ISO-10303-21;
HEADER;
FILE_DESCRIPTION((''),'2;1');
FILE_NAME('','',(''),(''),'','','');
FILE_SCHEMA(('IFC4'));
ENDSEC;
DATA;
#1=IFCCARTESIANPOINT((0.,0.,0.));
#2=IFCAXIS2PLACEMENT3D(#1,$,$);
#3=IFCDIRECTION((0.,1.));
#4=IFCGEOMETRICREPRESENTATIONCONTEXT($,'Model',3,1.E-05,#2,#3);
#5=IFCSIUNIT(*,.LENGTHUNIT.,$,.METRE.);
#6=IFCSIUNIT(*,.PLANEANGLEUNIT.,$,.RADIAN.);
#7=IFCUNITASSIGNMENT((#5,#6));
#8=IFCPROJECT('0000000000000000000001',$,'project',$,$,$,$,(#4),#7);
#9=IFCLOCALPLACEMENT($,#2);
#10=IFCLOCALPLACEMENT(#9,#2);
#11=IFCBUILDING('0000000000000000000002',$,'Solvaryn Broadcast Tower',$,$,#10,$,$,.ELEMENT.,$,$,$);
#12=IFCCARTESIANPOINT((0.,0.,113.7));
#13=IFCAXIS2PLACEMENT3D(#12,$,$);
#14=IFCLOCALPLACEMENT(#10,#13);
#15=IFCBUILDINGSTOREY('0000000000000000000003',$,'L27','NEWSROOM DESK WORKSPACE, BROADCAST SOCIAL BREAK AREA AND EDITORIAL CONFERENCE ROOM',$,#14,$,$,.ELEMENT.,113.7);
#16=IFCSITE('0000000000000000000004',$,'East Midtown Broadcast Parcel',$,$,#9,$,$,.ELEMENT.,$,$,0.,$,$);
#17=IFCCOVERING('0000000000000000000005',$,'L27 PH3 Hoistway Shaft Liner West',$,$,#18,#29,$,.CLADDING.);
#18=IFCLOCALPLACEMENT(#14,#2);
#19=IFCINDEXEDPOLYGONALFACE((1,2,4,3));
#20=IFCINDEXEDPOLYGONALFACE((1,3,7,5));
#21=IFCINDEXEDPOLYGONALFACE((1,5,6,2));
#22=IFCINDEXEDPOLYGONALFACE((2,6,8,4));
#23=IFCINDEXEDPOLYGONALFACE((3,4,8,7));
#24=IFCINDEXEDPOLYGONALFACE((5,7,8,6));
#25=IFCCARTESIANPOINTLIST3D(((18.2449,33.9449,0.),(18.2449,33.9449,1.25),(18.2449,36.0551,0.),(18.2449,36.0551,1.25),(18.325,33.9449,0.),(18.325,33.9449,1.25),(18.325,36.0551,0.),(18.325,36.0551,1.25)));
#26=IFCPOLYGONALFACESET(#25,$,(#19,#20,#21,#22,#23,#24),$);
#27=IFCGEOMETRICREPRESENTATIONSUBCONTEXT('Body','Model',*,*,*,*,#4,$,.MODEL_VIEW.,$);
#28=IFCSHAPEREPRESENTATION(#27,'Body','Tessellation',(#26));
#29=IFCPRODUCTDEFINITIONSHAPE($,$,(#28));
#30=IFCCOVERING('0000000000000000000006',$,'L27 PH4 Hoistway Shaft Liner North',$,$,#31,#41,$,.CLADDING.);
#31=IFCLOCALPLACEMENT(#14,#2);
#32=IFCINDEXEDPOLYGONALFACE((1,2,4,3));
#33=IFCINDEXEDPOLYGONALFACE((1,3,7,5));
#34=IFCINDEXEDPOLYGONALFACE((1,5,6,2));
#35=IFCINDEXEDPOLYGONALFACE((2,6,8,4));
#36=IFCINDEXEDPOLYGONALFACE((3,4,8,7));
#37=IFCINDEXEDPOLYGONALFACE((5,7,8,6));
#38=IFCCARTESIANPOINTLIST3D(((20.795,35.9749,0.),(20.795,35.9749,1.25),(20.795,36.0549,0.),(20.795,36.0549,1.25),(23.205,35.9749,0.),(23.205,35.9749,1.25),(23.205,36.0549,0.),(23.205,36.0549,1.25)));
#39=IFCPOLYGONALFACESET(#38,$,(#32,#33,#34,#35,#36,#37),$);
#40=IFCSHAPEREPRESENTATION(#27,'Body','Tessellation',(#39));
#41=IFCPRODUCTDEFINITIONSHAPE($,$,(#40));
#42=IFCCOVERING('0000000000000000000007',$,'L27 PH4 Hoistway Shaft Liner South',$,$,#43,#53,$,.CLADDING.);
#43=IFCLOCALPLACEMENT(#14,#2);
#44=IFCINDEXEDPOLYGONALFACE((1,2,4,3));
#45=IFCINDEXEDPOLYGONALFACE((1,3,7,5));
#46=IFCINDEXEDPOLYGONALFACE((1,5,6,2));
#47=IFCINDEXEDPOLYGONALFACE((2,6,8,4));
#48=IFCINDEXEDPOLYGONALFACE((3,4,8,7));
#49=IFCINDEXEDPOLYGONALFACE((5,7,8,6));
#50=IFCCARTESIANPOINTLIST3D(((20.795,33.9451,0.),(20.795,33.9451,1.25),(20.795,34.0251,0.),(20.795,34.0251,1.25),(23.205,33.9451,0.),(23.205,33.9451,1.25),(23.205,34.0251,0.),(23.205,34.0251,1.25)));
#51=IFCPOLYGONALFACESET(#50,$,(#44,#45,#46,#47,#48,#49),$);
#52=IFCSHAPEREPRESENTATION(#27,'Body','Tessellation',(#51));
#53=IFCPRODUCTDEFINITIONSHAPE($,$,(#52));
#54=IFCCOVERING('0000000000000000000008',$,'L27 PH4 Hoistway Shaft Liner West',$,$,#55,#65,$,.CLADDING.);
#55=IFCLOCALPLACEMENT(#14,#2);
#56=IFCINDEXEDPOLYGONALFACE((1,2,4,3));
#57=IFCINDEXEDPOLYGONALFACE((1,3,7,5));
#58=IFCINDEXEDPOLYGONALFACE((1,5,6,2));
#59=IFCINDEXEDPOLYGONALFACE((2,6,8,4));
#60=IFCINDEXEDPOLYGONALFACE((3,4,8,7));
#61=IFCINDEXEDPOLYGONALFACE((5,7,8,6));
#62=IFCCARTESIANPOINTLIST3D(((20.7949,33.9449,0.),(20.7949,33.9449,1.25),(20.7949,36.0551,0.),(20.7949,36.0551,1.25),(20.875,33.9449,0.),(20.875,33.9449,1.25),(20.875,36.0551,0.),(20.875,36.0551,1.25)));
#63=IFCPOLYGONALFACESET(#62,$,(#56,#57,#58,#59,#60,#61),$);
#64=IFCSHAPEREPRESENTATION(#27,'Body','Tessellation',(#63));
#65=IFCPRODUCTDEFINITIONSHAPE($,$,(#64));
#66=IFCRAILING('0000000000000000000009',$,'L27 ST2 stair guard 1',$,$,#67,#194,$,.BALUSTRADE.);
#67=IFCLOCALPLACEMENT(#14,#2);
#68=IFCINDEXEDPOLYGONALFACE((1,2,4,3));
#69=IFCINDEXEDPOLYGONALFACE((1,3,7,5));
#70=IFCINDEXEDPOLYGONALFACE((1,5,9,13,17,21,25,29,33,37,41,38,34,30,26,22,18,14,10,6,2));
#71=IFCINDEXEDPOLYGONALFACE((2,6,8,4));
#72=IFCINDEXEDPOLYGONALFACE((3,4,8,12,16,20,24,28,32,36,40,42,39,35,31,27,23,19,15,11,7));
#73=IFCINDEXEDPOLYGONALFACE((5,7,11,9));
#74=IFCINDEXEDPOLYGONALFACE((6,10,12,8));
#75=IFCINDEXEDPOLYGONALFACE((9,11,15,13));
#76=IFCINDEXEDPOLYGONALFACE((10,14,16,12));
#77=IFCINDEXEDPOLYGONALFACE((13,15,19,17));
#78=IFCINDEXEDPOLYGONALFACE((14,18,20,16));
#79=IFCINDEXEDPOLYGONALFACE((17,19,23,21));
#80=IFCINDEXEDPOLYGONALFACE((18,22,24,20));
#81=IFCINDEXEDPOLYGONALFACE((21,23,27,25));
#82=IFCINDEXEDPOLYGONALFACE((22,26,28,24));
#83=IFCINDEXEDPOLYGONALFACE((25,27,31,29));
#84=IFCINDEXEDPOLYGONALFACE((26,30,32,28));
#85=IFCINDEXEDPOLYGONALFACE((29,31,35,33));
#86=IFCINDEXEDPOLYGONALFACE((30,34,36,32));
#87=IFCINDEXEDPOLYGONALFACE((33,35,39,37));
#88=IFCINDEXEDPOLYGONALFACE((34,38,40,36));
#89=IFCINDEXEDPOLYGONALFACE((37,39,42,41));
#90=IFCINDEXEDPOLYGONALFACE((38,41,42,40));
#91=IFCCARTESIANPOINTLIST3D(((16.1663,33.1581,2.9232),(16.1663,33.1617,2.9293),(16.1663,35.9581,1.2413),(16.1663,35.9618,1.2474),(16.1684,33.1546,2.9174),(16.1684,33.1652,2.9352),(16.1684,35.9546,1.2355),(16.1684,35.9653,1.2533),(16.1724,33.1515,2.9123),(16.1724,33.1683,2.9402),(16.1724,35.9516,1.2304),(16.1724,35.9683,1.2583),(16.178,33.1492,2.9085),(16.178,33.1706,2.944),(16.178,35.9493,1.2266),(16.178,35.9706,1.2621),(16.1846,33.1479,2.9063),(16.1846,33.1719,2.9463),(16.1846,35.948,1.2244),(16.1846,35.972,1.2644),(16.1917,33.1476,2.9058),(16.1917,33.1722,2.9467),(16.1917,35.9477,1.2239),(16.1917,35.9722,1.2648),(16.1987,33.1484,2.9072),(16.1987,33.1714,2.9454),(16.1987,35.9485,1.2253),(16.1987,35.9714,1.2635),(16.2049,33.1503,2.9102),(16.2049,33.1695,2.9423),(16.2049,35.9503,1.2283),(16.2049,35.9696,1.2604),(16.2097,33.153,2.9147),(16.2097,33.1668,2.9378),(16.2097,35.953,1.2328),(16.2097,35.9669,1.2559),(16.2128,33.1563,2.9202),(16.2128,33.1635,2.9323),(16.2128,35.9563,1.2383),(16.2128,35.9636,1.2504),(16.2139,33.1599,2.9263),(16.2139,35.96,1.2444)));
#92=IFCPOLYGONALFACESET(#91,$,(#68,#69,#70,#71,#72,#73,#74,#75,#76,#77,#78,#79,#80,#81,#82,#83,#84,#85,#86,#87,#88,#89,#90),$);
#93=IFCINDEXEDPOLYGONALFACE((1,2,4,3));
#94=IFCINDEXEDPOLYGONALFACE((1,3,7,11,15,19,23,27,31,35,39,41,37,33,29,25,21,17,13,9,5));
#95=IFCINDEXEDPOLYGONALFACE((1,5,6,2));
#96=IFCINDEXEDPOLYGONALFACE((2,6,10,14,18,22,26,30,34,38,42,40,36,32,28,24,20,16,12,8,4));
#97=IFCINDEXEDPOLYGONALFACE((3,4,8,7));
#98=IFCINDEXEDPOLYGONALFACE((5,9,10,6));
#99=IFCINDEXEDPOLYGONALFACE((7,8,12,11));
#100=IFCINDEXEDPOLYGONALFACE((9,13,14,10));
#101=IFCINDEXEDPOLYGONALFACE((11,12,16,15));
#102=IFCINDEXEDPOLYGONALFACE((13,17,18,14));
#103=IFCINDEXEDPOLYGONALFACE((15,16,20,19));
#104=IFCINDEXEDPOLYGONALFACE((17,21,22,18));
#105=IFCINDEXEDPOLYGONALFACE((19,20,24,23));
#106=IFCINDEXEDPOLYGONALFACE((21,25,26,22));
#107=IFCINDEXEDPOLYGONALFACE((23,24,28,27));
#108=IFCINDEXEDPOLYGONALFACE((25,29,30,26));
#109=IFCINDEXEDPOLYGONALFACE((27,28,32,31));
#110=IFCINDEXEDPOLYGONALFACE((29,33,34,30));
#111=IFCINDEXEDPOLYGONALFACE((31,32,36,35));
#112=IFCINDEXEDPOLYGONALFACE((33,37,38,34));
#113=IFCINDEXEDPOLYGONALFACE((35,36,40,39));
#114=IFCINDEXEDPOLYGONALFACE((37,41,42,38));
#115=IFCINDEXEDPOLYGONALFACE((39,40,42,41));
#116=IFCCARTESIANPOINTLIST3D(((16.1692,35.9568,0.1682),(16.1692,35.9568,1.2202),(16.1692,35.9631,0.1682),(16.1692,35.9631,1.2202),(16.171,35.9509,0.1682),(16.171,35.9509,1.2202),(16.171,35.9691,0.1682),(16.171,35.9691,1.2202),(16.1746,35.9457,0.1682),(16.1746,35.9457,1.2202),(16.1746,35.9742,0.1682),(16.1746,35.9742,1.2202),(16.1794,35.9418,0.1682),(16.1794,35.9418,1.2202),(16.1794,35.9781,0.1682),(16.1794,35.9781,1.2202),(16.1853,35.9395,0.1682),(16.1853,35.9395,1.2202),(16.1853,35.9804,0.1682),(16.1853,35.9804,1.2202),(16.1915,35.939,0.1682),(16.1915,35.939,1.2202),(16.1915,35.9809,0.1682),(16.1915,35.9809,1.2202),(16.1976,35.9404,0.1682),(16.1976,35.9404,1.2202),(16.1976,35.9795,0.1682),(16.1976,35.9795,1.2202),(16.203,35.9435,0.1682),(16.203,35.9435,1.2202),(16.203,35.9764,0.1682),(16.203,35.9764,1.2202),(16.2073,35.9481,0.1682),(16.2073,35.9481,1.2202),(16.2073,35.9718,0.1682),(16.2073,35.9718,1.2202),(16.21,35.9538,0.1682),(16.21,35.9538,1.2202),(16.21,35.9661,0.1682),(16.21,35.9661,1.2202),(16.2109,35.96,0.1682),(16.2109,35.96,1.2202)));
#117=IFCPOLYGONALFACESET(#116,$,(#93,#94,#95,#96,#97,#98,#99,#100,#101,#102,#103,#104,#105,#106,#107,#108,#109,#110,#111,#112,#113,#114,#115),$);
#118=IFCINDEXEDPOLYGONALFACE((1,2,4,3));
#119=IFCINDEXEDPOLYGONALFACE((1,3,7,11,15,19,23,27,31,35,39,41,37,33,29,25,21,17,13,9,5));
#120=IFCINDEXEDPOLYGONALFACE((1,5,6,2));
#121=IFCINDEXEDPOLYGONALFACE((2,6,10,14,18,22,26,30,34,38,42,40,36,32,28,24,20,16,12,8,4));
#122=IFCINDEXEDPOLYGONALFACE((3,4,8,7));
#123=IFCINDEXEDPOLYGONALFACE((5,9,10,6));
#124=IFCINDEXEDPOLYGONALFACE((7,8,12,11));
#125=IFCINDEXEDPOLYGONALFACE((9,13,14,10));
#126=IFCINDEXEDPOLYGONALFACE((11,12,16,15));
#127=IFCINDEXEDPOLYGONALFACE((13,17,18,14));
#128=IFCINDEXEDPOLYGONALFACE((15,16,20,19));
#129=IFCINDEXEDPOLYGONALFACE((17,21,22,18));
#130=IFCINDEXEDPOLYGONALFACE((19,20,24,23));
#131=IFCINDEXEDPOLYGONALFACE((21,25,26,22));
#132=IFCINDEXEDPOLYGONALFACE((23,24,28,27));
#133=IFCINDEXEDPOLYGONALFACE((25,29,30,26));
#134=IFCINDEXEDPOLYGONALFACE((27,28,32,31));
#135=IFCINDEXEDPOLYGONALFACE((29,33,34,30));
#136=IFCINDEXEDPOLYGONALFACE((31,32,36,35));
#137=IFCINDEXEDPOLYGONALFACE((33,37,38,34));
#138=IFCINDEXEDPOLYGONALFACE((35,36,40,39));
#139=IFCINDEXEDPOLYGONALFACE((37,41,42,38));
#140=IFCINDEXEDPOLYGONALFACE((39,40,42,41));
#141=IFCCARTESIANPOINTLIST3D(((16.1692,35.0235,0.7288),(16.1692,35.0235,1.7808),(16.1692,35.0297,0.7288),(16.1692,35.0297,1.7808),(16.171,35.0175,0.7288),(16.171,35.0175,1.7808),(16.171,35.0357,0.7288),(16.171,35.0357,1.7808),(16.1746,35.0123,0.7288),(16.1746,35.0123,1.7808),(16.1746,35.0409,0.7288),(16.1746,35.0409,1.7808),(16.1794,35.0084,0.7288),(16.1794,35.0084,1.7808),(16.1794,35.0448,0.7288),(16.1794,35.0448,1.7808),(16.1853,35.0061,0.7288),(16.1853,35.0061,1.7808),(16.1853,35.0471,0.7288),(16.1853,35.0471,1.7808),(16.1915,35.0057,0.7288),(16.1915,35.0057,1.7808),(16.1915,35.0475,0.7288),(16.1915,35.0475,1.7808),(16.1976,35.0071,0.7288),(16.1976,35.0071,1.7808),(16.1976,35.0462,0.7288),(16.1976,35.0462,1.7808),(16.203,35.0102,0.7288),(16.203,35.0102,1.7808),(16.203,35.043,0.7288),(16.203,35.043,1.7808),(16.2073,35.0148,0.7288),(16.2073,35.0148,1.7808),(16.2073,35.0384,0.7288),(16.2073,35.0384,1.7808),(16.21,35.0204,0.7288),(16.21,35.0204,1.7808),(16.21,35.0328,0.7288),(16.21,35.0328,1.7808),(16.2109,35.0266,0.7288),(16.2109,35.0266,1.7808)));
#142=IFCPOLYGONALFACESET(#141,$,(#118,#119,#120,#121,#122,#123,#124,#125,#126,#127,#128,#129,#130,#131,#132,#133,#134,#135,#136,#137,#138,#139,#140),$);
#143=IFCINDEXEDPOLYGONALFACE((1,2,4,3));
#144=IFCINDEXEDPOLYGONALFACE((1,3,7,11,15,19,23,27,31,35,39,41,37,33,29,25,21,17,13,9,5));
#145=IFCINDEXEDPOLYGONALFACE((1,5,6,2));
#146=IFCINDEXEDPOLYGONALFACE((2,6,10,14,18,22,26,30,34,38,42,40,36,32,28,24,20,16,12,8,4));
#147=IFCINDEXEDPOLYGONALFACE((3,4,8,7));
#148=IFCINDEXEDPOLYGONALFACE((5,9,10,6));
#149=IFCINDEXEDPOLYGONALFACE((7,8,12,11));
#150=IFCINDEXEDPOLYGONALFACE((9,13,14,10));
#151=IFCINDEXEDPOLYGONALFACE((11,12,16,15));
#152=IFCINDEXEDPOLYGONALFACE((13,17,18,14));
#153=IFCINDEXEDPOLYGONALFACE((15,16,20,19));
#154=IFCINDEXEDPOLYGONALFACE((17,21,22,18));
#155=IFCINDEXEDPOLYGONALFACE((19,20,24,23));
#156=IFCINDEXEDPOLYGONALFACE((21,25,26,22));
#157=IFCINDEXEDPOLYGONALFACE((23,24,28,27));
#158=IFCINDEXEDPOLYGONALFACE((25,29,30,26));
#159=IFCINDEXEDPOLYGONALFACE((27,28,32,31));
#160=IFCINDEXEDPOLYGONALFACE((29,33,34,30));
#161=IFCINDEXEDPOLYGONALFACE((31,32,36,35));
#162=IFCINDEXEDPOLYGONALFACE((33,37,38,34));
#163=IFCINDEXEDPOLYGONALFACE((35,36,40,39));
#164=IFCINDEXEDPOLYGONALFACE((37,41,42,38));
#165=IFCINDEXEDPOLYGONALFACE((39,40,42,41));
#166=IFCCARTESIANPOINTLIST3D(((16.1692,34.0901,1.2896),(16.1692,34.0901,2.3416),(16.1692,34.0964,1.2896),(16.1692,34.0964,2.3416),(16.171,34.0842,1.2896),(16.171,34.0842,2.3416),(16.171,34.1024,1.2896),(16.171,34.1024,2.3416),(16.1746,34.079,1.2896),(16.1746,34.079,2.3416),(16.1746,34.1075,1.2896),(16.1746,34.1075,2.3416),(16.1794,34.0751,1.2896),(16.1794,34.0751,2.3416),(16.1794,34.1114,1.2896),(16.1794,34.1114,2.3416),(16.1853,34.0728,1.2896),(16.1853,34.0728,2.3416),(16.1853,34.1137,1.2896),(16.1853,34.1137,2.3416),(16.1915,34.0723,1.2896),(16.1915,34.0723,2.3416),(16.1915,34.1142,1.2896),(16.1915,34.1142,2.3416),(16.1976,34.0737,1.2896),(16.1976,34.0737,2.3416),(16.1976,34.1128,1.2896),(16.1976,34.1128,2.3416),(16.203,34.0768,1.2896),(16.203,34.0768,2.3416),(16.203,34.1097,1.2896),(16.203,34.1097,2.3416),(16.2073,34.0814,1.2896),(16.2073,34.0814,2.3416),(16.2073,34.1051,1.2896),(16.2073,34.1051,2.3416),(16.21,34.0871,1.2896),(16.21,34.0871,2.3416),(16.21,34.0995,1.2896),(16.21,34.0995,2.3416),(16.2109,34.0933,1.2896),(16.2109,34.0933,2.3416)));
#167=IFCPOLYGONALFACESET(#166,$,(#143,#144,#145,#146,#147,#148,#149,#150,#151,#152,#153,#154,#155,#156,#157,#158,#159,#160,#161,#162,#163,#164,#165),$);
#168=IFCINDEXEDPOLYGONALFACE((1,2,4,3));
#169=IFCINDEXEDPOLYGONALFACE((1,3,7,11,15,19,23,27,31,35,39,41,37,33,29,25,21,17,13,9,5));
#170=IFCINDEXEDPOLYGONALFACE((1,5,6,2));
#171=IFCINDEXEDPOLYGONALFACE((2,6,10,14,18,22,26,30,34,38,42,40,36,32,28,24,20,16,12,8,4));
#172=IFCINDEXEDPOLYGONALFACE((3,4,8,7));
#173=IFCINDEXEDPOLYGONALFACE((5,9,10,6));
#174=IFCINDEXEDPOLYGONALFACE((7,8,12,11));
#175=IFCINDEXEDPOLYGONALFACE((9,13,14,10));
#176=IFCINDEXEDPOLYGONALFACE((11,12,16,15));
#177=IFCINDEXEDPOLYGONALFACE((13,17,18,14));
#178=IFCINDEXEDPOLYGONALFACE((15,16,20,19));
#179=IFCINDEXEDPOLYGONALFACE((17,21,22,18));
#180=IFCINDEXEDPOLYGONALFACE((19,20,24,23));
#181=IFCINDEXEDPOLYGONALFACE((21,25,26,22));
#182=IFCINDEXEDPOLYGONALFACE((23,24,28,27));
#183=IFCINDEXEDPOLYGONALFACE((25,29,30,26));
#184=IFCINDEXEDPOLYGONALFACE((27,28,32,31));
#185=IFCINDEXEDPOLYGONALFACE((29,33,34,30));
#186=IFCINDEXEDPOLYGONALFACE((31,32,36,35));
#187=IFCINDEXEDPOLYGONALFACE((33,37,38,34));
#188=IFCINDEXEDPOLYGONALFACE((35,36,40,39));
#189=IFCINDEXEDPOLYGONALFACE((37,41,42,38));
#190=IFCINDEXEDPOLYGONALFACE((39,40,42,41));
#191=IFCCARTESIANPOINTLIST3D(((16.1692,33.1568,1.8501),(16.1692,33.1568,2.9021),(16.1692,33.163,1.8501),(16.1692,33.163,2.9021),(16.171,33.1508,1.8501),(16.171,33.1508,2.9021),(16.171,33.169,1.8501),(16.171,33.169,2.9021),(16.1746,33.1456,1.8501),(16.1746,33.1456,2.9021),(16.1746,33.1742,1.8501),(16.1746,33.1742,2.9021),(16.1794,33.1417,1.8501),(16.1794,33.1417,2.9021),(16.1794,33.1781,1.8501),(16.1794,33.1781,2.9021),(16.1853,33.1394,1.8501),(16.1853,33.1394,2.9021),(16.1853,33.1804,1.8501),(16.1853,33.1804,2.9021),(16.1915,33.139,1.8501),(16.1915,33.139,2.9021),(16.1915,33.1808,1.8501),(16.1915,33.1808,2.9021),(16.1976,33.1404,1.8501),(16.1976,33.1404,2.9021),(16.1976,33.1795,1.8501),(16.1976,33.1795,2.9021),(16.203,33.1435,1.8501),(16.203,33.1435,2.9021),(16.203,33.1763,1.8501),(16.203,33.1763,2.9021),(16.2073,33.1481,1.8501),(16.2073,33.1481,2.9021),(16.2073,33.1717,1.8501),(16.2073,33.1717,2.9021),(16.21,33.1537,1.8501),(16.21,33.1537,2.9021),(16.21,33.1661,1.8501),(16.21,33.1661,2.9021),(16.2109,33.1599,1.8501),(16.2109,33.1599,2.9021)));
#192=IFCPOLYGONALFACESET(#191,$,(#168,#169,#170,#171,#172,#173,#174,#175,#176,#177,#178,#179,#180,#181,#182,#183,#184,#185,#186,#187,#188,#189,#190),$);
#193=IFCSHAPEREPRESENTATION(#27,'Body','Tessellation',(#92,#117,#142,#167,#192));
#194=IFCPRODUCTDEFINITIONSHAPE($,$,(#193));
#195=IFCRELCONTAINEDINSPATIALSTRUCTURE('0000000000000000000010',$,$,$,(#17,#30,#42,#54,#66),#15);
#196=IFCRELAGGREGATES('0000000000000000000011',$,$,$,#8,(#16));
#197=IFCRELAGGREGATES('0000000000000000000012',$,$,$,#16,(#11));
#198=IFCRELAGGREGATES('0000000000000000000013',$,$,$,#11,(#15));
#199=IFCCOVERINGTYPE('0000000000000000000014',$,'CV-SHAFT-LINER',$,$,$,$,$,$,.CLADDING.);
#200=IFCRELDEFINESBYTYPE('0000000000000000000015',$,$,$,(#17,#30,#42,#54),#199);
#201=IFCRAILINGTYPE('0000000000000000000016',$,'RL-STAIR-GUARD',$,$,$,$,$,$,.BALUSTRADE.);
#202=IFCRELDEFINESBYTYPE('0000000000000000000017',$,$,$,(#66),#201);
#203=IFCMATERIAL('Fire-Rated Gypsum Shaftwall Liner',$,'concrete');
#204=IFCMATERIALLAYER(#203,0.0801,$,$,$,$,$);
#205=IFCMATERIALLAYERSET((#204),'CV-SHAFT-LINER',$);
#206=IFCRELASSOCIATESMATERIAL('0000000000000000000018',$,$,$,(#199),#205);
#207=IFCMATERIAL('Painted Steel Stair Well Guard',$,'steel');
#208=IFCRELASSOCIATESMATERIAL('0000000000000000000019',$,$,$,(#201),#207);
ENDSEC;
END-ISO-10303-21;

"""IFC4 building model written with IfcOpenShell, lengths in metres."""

from ifc_helpers import new_model, si_unit, direction, frame, origin, origin_2d, place, context, subcontext, project, spatial, rectangle, circle, extrude, material, layer, layer_set, type_object, element, save


model = new_model("IFC4")

# Units and contexts
model_context = context("Model", 3, precision=1e-05, world=origin(), true_north=direction((0.0, 1.0)))
body_context = subcontext(model_context, "Body", "Model", "MODEL_VIEW")
ifc_project = project(units=[si_unit("LENGTHUNIT", "METRE"), si_unit("PLANEANGLEUNIT", "RADIAN")], contexts=[model_context])

# Site, building, storey
site_placement = place(None, origin())
site = spatial("IfcSite", under=ifc_project, at=site_placement, Name="East Midtown Broadcast Parcel", CompositionType="ELEMENT", RefElevation=0.0)
building_placement = place(site_placement, origin())
building = spatial("IfcBuilding", under=site, at=building_placement, Name="Solvaryn Broadcast Tower", CompositionType="ELEMENT")
storey_placement = place(building_placement, frame((0.0, 0.0, 113.7)))
storey = spatial("IfcBuildingStorey", under=building, at=storey_placement, Name="L27", Description="NEWSROOM DESK WORKSPACE, BROADCAST SOCIAL BREAK AREA AND EDITORIAL CONFERENCE ROOM", CompositionType="ELEMENT", Elevation=113.7)

# Coverings
ifc_material_1 = material(Name="Fire-Rated Gypsum Shaftwall Liner", Category="concrete")
ifc_layer_1 = layer(ifc_material_1, 0.0801)
ifc_layer_set_1 = layer_set([ifc_layer_1], Name="CV-SHAFT-LINER")
covering_type = type_object("IfcCoveringType", Name="CV-SHAFT-LINER", PredefinedType="CLADDING", material=ifc_layer_set_1)
for number, where, z_axis, x_axis, name in (
    (1, (18.2849, 35.0, 0.0), (0.0, 0.0, 1.0), (1.0, 0.0, 0.0), "L27 PH3 Hoistway Shaft Liner West"),
):
    element("IfcCovering", number, at=place(storey_placement, frame(where, z_axis=z_axis, x_axis=x_axis)), inside=storey, type_object=covering_type, Name=name, PredefinedType="CLADDING", context=body_context, shape_type="SweptSolid", body=[
        extrude(rectangle(XDim=0.0801, YDim=2.1101, at=origin_2d()), origin(), (0.0, 0.0, 1.0), 1.25),
    ])
for number, where, z_axis, x_axis, name in (
    (2, (22.0, 36.0149, 0.0), (0.0, 0.0, 1.0), (1.0, 0.0, 0.0), "L27 PH4 Hoistway Shaft Liner North"),
    (3, (22.0, 33.9851, 0.0), (0.0, 0.0, 1.0), (1.0, 0.0, 0.0), "L27 PH4 Hoistway Shaft Liner South"),
):
    element("IfcCovering", number, at=place(storey_placement, frame(where, z_axis=z_axis, x_axis=x_axis)), inside=storey, type_object=covering_type, Name=name, PredefinedType="CLADDING", context=body_context, shape_type="SweptSolid", body=[
        extrude(rectangle(XDim=2.4099, YDim=0.0801, at=origin_2d()), origin(), (0.0, 0.0, 1.0), 1.25),
    ])
covering_1_placement = place(storey_placement, frame((20.835, 35.0, 0.0), z_axis=(0.0, 0.0, 1.0), x_axis=(1.0, 0.0, 0.0)))
element("IfcCovering", 4, at=covering_1_placement, inside=storey, type_object=covering_type, Name="L27 PH4 Hoistway Shaft Liner West", PredefinedType="CLADDING", context=body_context, shape_type="SweptSolid", body=[
    extrude(rectangle(XDim=0.0801, YDim=2.1101, at=origin_2d()), origin(), (0.0, 0.0, 1.0), 1.25),
])

# Railing
ifc_material_2 = material(Name="Painted Steel Stair Well Guard", Category="steel")
railing_type_1 = type_object("IfcRailingType", Name="RL-STAIR-GUARD", PredefinedType="BALUSTRADE", material=ifc_material_2)
railing_1_placement = place(storey_placement, frame((16.1899, 35.96, 0.1682)))
element("IfcRailing", 5, at=railing_1_placement, inside=storey, type_object=railing_type_1, Name="L27 ST2 stair guard 1", PredefinedType="BALUSTRADE", context=body_context, shape_type="SweptSolid", body=[
    extrude(circle(Radius=0.0239, at=origin_2d()), frame((0.0, 0.0, 1.0762), z_axis=(0.0, -0.857242, 0.514913), x_axis=(1.0, 0.0, 0.0)), (0.0, 0.0, 1.0), 3.2664),
    extrude(circle(Radius=0.021, at=origin_2d()), origin(), (0.0, 0.0, 1.0), 1.052),
    extrude(circle(Radius=0.021, at=origin_2d()), frame((0.0, -0.9333, 0.5605)), (0.0, 0.0, 1.0), 1.052),
    extrude(circle(Radius=0.021, at=origin_2d()), frame((0.0, -1.8667, 1.1213)), (0.0, 0.0, 1.0), 1.052),
    extrude(circle(Radius=0.021, at=origin_2d()), frame((0.0, -2.8, 1.6819)), (0.0, 0.0, 1.0), 1.052),
])

save(model, "model.ifc")
